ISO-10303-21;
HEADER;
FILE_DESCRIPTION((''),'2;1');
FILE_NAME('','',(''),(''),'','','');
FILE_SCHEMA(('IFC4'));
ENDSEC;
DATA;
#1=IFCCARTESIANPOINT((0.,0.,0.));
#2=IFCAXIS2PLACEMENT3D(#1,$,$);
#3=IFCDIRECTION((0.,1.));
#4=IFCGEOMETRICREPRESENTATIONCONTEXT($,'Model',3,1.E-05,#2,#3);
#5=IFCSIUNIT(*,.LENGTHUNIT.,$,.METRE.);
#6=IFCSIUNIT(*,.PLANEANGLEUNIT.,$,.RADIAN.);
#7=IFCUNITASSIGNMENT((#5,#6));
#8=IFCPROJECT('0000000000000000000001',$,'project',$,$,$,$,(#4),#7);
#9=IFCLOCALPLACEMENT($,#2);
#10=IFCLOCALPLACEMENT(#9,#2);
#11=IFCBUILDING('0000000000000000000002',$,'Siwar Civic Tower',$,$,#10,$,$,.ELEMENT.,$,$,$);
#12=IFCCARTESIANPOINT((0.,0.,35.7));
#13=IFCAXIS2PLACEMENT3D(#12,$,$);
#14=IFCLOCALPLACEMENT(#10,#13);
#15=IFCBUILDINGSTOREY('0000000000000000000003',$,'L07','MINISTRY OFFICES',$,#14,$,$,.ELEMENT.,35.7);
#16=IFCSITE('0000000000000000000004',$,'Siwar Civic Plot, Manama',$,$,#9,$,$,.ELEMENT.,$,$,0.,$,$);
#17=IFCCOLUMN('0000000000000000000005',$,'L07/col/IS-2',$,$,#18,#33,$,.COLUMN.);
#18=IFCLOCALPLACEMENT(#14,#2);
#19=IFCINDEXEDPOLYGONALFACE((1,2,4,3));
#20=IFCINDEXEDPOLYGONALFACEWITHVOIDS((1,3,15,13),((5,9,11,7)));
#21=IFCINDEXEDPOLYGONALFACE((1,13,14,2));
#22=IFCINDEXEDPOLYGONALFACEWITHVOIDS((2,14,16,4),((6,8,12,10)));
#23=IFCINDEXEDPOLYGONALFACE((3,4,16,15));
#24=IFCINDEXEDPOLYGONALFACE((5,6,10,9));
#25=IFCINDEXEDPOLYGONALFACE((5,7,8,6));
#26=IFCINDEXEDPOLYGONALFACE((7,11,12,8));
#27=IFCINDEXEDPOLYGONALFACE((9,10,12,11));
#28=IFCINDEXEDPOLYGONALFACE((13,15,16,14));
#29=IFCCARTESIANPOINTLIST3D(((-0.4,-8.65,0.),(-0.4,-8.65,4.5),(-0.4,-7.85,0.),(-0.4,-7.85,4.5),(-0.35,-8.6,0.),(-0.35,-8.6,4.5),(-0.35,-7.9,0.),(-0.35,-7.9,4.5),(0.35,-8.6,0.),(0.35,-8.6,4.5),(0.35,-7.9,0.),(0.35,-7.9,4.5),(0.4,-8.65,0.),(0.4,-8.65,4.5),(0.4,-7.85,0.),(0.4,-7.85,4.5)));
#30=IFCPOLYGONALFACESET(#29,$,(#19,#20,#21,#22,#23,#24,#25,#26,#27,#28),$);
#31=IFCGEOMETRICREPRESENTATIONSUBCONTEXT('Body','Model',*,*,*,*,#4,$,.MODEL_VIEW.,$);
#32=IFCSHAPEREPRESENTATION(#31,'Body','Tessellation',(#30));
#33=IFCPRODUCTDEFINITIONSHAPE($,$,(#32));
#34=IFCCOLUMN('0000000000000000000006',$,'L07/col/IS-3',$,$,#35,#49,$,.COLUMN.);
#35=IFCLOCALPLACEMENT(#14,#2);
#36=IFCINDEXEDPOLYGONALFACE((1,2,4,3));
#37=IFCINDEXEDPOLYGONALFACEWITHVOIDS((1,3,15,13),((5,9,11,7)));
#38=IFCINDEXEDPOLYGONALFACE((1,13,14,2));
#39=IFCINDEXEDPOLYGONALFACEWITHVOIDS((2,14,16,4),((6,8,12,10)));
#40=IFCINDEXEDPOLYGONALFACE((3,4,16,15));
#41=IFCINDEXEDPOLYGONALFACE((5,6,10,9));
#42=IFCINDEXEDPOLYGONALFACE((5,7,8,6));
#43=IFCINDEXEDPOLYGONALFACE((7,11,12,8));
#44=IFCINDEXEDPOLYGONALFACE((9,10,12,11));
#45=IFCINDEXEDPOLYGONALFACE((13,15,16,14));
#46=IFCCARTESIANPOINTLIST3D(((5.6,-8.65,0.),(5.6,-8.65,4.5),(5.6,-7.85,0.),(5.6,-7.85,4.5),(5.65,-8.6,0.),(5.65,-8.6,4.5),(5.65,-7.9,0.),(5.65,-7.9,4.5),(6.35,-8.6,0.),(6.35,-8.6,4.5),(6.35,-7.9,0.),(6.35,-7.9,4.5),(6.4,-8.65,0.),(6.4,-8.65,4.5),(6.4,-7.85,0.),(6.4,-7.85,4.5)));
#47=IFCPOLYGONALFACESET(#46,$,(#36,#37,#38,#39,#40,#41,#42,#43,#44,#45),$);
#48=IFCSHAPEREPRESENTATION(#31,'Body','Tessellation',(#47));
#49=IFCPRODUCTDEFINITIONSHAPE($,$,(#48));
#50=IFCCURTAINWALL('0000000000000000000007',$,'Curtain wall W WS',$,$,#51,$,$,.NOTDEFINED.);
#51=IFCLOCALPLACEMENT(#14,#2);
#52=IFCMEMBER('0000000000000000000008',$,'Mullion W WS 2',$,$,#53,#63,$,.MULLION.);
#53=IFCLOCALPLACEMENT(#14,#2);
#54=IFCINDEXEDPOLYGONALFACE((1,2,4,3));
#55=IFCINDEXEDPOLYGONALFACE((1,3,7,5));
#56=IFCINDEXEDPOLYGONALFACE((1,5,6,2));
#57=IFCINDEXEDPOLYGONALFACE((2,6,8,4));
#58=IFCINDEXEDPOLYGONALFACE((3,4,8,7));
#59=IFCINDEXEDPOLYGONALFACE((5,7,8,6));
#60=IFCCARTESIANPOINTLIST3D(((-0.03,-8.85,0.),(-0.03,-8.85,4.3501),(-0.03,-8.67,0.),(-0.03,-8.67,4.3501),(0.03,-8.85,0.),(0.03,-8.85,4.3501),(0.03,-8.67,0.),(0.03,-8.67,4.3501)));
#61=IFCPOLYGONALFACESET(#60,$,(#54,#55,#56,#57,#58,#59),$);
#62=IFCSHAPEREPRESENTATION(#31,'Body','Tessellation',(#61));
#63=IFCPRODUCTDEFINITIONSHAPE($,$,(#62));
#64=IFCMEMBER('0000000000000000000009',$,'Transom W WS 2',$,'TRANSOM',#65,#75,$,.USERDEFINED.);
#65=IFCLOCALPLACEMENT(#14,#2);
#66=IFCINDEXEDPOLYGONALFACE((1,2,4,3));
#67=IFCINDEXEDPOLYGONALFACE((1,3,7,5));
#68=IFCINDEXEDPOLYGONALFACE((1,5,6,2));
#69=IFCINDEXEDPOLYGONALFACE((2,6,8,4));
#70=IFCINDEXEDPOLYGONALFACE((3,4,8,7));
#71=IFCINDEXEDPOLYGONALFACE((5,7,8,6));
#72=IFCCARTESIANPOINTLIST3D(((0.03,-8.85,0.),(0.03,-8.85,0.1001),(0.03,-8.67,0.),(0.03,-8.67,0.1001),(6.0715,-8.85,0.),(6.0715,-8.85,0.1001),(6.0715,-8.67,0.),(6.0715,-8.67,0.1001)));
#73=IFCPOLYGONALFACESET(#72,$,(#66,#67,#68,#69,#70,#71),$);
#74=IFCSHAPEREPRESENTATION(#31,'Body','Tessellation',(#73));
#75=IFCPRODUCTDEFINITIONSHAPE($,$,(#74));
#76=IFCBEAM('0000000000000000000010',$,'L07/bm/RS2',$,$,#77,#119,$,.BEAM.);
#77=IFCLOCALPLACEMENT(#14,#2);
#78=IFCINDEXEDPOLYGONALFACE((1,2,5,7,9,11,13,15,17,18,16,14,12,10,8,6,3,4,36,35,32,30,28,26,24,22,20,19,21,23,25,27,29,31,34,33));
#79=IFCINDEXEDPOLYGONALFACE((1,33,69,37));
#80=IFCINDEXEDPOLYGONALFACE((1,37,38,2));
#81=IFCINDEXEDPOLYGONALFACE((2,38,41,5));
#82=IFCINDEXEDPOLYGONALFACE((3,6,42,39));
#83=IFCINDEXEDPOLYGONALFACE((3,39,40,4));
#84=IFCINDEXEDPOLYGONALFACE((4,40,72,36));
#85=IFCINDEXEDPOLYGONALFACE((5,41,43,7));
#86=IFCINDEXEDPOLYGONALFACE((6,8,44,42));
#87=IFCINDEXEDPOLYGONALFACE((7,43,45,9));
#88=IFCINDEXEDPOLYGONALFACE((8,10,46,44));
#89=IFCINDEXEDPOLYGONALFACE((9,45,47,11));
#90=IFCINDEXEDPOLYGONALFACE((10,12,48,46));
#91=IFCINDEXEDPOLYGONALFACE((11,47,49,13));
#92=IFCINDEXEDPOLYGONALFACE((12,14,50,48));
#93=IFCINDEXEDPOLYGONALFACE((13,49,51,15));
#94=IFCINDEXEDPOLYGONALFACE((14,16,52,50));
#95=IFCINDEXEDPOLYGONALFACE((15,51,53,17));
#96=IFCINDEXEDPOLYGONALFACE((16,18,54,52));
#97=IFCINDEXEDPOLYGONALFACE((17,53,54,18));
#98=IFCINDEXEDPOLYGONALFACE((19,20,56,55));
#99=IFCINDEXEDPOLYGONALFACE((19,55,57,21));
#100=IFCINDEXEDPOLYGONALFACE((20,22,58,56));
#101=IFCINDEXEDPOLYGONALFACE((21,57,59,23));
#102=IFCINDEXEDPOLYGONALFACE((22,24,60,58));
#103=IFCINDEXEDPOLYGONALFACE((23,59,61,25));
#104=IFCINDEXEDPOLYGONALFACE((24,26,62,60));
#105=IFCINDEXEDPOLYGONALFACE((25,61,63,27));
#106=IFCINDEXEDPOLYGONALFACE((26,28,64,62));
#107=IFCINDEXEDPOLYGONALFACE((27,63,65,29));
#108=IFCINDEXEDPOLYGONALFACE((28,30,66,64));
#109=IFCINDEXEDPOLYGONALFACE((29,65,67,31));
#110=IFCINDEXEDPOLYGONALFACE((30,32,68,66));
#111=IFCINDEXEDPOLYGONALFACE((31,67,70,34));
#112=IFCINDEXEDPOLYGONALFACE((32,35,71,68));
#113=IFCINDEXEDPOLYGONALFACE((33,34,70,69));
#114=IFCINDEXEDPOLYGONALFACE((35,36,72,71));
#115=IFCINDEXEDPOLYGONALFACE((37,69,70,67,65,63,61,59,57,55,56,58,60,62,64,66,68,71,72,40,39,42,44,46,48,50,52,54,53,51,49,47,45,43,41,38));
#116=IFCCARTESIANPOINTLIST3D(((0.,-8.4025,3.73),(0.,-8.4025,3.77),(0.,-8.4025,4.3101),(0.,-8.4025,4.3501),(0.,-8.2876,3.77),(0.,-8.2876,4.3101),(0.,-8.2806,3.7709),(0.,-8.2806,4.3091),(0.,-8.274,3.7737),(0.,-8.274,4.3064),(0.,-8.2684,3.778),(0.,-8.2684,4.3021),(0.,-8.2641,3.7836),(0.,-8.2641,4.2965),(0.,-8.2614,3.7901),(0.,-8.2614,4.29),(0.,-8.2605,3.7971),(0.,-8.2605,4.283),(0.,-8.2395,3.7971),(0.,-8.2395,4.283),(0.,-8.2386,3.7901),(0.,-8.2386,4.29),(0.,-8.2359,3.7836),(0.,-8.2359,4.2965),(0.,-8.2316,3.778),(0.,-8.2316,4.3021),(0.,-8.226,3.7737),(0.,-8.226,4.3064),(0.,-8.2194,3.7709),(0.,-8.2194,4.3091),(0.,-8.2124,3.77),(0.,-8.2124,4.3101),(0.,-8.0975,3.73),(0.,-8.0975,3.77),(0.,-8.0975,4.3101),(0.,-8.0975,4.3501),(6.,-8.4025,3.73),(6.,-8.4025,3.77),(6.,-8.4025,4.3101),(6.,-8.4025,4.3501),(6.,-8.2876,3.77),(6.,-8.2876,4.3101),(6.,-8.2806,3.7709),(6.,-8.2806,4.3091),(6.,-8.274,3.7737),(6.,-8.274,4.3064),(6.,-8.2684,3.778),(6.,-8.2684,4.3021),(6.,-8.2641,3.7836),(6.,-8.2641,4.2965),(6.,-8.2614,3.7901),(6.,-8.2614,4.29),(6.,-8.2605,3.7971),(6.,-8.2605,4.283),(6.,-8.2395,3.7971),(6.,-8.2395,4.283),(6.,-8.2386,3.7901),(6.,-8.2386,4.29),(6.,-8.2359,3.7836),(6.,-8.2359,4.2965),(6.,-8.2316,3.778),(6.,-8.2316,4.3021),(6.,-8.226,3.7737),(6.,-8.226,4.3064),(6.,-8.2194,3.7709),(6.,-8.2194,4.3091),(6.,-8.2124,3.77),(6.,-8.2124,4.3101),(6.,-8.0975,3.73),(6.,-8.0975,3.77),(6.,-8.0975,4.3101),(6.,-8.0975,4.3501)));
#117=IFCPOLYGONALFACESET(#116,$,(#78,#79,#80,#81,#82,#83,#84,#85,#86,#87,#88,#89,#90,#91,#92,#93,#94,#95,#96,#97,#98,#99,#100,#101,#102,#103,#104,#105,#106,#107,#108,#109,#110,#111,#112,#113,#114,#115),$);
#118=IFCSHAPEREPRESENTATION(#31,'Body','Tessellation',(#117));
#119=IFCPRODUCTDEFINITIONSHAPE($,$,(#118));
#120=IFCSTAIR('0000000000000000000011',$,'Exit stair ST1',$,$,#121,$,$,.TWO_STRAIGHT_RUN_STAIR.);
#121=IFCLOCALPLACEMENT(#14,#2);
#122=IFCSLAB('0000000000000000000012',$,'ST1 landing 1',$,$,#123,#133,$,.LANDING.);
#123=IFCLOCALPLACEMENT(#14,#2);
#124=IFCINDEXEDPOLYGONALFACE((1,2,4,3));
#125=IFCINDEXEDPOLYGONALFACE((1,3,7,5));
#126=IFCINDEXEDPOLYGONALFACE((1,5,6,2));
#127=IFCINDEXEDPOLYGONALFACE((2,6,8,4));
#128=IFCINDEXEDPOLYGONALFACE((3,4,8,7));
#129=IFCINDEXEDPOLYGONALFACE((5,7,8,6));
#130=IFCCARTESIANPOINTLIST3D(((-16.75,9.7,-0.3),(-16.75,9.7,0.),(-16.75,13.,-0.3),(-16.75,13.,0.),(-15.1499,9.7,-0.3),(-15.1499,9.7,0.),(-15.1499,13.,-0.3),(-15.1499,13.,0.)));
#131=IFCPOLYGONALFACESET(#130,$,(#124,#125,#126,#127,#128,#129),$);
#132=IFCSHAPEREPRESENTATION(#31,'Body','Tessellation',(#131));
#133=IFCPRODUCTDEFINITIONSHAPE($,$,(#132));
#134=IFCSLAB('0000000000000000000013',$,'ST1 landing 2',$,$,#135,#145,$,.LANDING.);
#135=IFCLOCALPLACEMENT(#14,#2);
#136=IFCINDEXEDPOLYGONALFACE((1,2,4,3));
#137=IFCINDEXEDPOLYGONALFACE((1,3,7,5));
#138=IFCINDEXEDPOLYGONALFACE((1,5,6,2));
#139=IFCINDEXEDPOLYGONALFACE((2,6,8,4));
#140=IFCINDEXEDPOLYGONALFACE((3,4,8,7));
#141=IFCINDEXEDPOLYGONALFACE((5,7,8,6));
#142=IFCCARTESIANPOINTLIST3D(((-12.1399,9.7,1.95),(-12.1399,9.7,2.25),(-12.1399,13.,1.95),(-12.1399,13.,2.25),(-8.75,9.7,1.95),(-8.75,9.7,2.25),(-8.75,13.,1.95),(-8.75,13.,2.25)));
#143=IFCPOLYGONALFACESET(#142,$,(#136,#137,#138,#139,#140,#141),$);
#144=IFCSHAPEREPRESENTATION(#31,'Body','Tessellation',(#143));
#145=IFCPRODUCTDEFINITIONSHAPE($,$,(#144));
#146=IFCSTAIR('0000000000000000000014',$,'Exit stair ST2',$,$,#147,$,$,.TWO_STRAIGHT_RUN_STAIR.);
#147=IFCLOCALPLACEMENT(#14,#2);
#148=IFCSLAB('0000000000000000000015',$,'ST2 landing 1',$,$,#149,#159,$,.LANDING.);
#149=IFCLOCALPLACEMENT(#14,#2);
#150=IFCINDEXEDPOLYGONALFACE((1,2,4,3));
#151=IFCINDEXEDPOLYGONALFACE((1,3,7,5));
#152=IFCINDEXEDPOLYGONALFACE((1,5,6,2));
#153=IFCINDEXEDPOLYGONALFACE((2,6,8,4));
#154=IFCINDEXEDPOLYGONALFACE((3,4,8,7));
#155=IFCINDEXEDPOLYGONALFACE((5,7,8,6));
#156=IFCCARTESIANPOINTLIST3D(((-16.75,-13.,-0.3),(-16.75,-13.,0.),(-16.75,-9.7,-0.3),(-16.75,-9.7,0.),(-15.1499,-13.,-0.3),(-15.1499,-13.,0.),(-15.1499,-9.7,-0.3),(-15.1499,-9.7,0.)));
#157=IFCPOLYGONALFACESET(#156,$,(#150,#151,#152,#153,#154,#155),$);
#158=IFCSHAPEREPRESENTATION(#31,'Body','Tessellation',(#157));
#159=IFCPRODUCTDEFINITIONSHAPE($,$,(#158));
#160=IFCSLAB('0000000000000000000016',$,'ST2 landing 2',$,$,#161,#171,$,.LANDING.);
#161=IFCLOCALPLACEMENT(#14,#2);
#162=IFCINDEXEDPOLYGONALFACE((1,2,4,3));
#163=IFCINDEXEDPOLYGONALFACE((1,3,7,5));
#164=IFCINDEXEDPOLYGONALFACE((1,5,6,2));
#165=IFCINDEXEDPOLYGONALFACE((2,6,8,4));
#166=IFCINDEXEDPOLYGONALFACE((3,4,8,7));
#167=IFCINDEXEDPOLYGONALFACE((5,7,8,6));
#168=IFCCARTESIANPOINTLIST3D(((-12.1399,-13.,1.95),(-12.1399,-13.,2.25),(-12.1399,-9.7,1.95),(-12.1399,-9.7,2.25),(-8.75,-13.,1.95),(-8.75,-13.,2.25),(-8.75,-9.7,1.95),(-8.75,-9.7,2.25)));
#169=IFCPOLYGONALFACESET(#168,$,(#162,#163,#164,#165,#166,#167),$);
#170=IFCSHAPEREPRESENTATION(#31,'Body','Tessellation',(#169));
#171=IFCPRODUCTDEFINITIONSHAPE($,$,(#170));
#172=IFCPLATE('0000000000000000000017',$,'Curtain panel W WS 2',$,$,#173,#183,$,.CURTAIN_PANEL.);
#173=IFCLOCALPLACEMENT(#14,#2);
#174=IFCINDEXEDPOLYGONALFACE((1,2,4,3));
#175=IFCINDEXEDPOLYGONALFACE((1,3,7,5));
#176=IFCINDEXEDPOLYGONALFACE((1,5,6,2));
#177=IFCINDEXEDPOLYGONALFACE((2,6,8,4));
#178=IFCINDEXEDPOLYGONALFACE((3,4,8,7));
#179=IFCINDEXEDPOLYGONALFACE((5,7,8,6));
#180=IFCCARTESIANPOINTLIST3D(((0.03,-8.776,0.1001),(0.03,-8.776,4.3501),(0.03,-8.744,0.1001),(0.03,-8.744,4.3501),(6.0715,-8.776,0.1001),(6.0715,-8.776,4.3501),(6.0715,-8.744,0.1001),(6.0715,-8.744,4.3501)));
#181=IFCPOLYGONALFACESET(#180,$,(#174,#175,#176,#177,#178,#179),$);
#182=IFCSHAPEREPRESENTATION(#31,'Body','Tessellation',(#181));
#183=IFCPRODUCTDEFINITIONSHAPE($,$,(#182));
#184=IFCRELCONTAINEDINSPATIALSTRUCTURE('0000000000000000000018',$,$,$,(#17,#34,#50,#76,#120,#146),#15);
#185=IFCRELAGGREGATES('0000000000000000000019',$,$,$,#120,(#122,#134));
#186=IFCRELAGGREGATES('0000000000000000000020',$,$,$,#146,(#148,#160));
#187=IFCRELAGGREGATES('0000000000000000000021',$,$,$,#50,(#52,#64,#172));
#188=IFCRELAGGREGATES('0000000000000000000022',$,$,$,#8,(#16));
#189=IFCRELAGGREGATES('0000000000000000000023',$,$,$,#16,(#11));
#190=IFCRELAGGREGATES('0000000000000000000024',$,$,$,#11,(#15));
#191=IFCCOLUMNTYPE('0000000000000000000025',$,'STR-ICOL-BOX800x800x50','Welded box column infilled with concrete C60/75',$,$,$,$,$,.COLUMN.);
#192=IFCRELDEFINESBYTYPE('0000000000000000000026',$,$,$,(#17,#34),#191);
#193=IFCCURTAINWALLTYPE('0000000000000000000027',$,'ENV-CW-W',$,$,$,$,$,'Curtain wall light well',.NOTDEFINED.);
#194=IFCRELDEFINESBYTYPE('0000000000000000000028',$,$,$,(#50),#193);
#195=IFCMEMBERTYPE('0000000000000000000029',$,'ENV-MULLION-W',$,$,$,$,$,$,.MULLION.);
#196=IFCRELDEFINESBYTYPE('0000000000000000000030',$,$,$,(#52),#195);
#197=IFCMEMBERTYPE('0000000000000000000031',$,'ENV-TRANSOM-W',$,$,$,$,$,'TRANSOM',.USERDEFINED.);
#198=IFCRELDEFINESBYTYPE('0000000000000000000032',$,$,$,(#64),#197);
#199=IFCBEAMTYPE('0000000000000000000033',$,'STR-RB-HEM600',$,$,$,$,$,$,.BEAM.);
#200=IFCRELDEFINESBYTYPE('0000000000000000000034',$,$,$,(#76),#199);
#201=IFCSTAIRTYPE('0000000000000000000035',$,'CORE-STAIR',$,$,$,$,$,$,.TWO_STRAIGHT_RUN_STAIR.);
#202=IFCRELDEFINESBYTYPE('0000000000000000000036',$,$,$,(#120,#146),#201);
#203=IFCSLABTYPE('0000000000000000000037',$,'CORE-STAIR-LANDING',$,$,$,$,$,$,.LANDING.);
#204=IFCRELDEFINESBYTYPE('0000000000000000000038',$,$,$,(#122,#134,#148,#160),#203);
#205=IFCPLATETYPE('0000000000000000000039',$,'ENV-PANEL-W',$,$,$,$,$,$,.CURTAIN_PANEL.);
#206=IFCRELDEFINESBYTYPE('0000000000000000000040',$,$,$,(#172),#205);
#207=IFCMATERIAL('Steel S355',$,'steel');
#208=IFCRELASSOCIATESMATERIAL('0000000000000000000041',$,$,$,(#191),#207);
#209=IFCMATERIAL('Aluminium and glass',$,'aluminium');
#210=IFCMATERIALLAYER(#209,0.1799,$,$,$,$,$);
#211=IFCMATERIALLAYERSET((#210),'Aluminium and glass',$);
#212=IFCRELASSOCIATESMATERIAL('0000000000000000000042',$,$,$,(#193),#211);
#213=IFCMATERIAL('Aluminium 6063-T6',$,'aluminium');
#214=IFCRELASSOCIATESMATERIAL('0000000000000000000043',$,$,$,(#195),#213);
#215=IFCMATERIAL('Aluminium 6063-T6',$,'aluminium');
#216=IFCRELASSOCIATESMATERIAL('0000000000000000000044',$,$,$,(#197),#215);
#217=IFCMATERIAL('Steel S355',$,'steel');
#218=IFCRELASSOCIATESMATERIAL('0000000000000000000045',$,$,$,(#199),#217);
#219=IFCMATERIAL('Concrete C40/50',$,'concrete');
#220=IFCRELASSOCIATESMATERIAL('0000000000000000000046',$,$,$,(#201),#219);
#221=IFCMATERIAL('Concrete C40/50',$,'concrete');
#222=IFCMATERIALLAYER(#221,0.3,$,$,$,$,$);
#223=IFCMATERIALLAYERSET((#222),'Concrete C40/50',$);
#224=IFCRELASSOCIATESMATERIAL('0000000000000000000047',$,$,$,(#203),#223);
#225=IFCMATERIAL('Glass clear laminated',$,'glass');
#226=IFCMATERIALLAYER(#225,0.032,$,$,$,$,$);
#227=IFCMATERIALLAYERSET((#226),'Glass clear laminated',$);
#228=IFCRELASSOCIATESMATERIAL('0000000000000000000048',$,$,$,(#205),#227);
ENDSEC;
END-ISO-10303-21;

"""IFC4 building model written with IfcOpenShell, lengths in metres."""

from ifc_helpers import new_model, si_unit, direction, frame, origin, origin_2d, place, context, subcontext, project, spatial, polyline, rectangle, hollow_rectangle, i_section, outline, extrude, material, layer, layer_set, material_profile, profile_set, type_object, element, aggregate, save


model = new_model("IFC4")

# Units and contexts
model_context = context("Model", 3, precision=1e-05, world=origin(), true_north=direction((0.0, 1.0)))
body_context = subcontext(model_context, "Body", "Model", "MODEL_VIEW")
ifc_project = project(units=[si_unit("LENGTHUNIT", "METRE"), si_unit("PLANEANGLEUNIT", "RADIAN")], contexts=[model_context])

# Site, building, storey
site_placement = place(None, origin())
site = spatial("IfcSite", under=ifc_project, at=site_placement, Name="Siwar Civic Plot, Manama", CompositionType="ELEMENT", RefElevation=0.0)
building_placement = place(site_placement, origin())
building = spatial("IfcBuilding", under=site, at=building_placement, Name="Siwar Civic Tower", CompositionType="ELEMENT")
storey_placement = place(building_placement, frame((0.0, 0.0, 35.7)))
storey = spatial("IfcBuildingStorey", under=building, at=storey_placement, Name="L07", Description="MINISTRY OFFICES", CompositionType="ELEMENT", Elevation=35.7)

# Columns
ifc_material_1 = material(Name="Steel S355", Category="steel")
ifc_material_profile_1 = material_profile(ifc_material_1, hollow_rectangle(XDim=0.8, YDim=0.8, WallThickness=0.05, at=origin_2d()), Name="BOX800x800x50")
ifc_profile_set_1 = profile_set([ifc_material_profile_1], Name="Steel S355")
column_type = type_object("IfcColumnType", Name="STR-ICOL-BOX800x800x50", Description="Welded box column infilled with concrete C60/75", PredefinedType="COLUMN", material=ifc_profile_set_1)
for number, where, z_axis, x_axis, name in (
    (1, (0.0, -8.25, 0.0), (0.0, 0.0, 1.0), (1.0, 0.0, 0.0), "L07/col/IS-2"),
    (2, (6.0, -8.25, 0.0), (0.0, 0.0, 1.0), (1.0, 0.0, 0.0), "L07/col/IS-3"),
):
    element("IfcColumn", number, at=place(storey_placement, frame(where, z_axis=z_axis, x_axis=x_axis)), inside=storey, type_object=column_type, Name=name, PredefinedType="COLUMN", context=body_context, shape_type="SweptSolid", body=[
        extrude(hollow_rectangle(XDim=0.8, YDim=0.8, WallThickness=0.05, at=origin_2d()), origin(), (0.0, 0.0, 1.0), 4.5),
    ])

# Curtain wall, members
ifc_material_2 = material(Name="Aluminium and glass", Category="aluminium")
ifc_layer_1 = layer(ifc_material_2, 0.1799)
ifc_layer_set_1 = layer_set([ifc_layer_1], Name="Aluminium and glass")
curtain_wall_type = type_object("IfcCurtainWallType", Name="ENV-CW-W", ElementType="Curtain wall light well", PredefinedType="NOTDEFINED", material=ifc_layer_set_1)
curtain_wall_placement = place(storey_placement, origin())
curtain_wall = element("IfcCurtainWall", 3, at=curtain_wall_placement, inside=storey, type_object=curtain_wall_type, Name="Curtain wall W WS", PredefinedType="NOTDEFINED")
ifc_material_3 = material(Name="Aluminium 6063-T6", Category="aluminium")
ifc_material_profile_2 = material_profile(ifc_material_3, rectangle(XDim=0.1799, YDim=0.0601, at=origin_2d()), Name="AL 180x60")
ifc_profile_set_2 = profile_set([ifc_material_profile_2], Name="Aluminium 6063-T6")
member_type_1 = type_object("IfcMemberType", Name="ENV-MULLION-W", PredefinedType="MULLION", material=ifc_profile_set_2)
member_1_placement = place(storey_placement, frame((0.0, -8.76, 0.0), z_axis=(0.0, 0.0, 1.0), x_axis=(0.0, 1.0, 0.0)))
member_1 = element("IfcMember", 4, at=member_1_placement, type_object=member_type_1, Name="Mullion W WS 2", PredefinedType="MULLION", context=body_context, shape_type="SweptSolid", body=[
    extrude(rectangle(XDim=0.1799, YDim=0.0601, at=origin_2d()), origin(), (0.0, 0.0, 1.0), 4.3501),
])
ifc_material_4 = material(Name="Aluminium 6063-T6", Category="aluminium")
ifc_material_profile_3 = material_profile(ifc_material_4, rectangle(XDim=0.1799, YDim=0.1001, at=origin_2d()), Name="AL 180x100")
ifc_profile_set_3 = profile_set([ifc_material_profile_3], Name="Aluminium 6063-T6")
member_type_2 = type_object("IfcMemberType", Name="ENV-TRANSOM-W", ElementType="TRANSOM", PredefinedType="USERDEFINED", material=ifc_profile_set_3)
member_2_placement = place(storey_placement, frame((0.03, -8.76, 0.05), z_axis=(1.0, 0.0, 0.0), x_axis=(0.0, 1.0, 0.0)))
member_2 = element("IfcMember", 5, at=member_2_placement, type_object=member_type_2, Name="Transom W WS 2", ObjectType="TRANSOM", PredefinedType="USERDEFINED", context=body_context, shape_type="SweptSolid", body=[
    extrude(rectangle(XDim=0.1799, YDim=0.1001, at=origin_2d()), origin(), (0.0, 0.0, 1.0), 6.0415),
])

# Beam
ifc_material_5 = material(Name="Steel S355", Category="steel")
ifc_material_profile_4 = material_profile(ifc_material_5, i_section(OverallWidth=0.3049, OverallDepth=0.6201, WebThickness=0.021, FlangeThickness=0.04, FilletRadius=0.0271, at=origin_2d()), Name="HEM600")
ifc_profile_set_4 = profile_set([ifc_material_profile_4], Name="Steel S355")
beam_type = type_object("IfcBeamType", Name="STR-RB-HEM600", PredefinedType="BEAM", material=ifc_profile_set_4)
beam_placement = place(storey_placement, frame((0.0, -8.25, 4.04), z_axis=(1.0, 0.0, 0.0), x_axis=(0.0, 1.0, 0.0)))
element("IfcBeam", 6, at=beam_placement, inside=storey, type_object=beam_type, Name="L07/bm/RS2", PredefinedType="BEAM", context=body_context, shape_type="SweptSolid", body=[
    extrude(i_section(OverallWidth=0.3049, OverallDepth=0.6201, WebThickness=0.021, FlangeThickness=0.04, FilletRadius=0.0271, at=origin_2d()), origin(), (0.0, 0.0, 1.0), 6.0),
])

# Stairs, slabs
ifc_material_6 = material(Name="Concrete C40/50", Category="concrete")
stair_type = type_object("IfcStairType", Name="CORE-STAIR", PredefinedType="TWO_STRAIGHT_RUN_STAIR", material=ifc_material_6)
stair_1_placement = place(storey_placement, origin())
stair_1 = element("IfcStair", 7, at=stair_1_placement, inside=storey, type_object=stair_type, Name="Exit stair ST1", PredefinedType="TWO_STRAIGHT_RUN_STAIR")
ifc_material_7 = material(Name="Concrete C40/50", Category="concrete")
ifc_layer_2 = layer(ifc_material_7, 0.3)
ifc_layer_set_2 = layer_set([ifc_layer_2], Name="Concrete C40/50")
slab_type_1 = type_object("IfcSlabType", Name="CORE-STAIR-LANDING", PredefinedType="LANDING", material=ifc_layer_set_2)
slab_1_placement = place(storey_placement, frame((0.0, 0.0, -0.3)))
slab_1 = element("IfcSlab", 8, at=slab_1_placement, type_object=slab_type_1, Name="ST1 landing 1", PredefinedType="LANDING", context=body_context, shape_type="SweptSolid", body=[
    extrude(outline(polyline([(-15.1499, 13.0), (-16.75, 13.0), (-16.75, 9.7), (-15.1499, 9.7), (-15.1499, 13.0)])), origin(), (0.0, 0.0, 1.0), 0.3),
])
slab_2_placement = place(storey_placement, frame((0.0, 0.0, 1.95)))
slab_2 = element("IfcSlab", 9, at=slab_2_placement, type_object=slab_type_1, Name="ST1 landing 2", PredefinedType="LANDING", context=body_context, shape_type="SweptSolid", body=[
    extrude(outline(polyline([(-8.75, 13.0), (-12.1399, 13.0), (-12.1399, 9.7), (-8.75, 9.7), (-8.75, 13.0)])), origin(), (0.0, 0.0, 1.0), 0.3),
])
aggregate(stair_1, [slab_1, slab_2])
stair_2_placement = place(storey_placement, origin())
stair_2 = element("IfcStair", 10, at=stair_2_placement, inside=storey, type_object=stair_type, Name="Exit stair ST2", PredefinedType="TWO_STRAIGHT_RUN_STAIR")
slab_3_placement = place(storey_placement, frame((0.0, 0.0, -0.3)))
slab_3 = element("IfcSlab", 11, at=slab_3_placement, type_object=slab_type_1, Name="ST2 landing 1", PredefinedType="LANDING", context=body_context, shape_type="SweptSolid", body=[
    extrude(outline(polyline([(-15.1499, -9.7), (-16.75, -9.7), (-16.75, -13.0), (-15.1499, -13.0), (-15.1499, -9.7)])), origin(), (0.0, 0.0, 1.0), 0.3),
])
slab_4_placement = place(storey_placement, frame((0.0, 0.0, 1.95)))
slab_4 = element("IfcSlab", 12, at=slab_4_placement, type_object=slab_type_1, Name="ST2 landing 2", PredefinedType="LANDING", context=body_context, shape_type="SweptSolid", body=[
    extrude(outline(polyline([(-8.75, -9.7), (-12.1399, -9.7), (-12.1399, -13.0), (-8.75, -13.0), (-8.75, -9.7)])), origin(), (0.0, 0.0, 1.0), 0.3),
])
aggregate(stair_2, [slab_3, slab_4])

# Plate
ifc_material_8 = material(Name="Glass clear laminated", Category="glass")
ifc_layer_3 = layer(ifc_material_8, 0.032)
ifc_layer_set_3 = layer_set([ifc_layer_3], Name="Glass clear laminated")
plate_type = type_object("IfcPlateType", Name="ENV-PANEL-W", PredefinedType="CURTAIN_PANEL", material=ifc_layer_set_3)
plate_placement = place(storey_placement, frame((3.0508, -8.76, 0.1001), z_axis=(0.0, 0.0, 1.0), x_axis=(1.0, 0.0, 0.0)))
plate = element("IfcPlate", 13, at=plate_placement, type_object=plate_type, Name="Curtain panel W WS 2", PredefinedType="CURTAIN_PANEL", context=body_context, shape_type="SweptSolid", body=[
    extrude(rectangle(XDim=6.0415, YDim=0.032, at=origin_2d()), origin(), (0.0, 0.0, 1.0), 4.25),
])
aggregate(curtain_wall, [member_1, member_2, plate])

save(model, "model.ifc")
